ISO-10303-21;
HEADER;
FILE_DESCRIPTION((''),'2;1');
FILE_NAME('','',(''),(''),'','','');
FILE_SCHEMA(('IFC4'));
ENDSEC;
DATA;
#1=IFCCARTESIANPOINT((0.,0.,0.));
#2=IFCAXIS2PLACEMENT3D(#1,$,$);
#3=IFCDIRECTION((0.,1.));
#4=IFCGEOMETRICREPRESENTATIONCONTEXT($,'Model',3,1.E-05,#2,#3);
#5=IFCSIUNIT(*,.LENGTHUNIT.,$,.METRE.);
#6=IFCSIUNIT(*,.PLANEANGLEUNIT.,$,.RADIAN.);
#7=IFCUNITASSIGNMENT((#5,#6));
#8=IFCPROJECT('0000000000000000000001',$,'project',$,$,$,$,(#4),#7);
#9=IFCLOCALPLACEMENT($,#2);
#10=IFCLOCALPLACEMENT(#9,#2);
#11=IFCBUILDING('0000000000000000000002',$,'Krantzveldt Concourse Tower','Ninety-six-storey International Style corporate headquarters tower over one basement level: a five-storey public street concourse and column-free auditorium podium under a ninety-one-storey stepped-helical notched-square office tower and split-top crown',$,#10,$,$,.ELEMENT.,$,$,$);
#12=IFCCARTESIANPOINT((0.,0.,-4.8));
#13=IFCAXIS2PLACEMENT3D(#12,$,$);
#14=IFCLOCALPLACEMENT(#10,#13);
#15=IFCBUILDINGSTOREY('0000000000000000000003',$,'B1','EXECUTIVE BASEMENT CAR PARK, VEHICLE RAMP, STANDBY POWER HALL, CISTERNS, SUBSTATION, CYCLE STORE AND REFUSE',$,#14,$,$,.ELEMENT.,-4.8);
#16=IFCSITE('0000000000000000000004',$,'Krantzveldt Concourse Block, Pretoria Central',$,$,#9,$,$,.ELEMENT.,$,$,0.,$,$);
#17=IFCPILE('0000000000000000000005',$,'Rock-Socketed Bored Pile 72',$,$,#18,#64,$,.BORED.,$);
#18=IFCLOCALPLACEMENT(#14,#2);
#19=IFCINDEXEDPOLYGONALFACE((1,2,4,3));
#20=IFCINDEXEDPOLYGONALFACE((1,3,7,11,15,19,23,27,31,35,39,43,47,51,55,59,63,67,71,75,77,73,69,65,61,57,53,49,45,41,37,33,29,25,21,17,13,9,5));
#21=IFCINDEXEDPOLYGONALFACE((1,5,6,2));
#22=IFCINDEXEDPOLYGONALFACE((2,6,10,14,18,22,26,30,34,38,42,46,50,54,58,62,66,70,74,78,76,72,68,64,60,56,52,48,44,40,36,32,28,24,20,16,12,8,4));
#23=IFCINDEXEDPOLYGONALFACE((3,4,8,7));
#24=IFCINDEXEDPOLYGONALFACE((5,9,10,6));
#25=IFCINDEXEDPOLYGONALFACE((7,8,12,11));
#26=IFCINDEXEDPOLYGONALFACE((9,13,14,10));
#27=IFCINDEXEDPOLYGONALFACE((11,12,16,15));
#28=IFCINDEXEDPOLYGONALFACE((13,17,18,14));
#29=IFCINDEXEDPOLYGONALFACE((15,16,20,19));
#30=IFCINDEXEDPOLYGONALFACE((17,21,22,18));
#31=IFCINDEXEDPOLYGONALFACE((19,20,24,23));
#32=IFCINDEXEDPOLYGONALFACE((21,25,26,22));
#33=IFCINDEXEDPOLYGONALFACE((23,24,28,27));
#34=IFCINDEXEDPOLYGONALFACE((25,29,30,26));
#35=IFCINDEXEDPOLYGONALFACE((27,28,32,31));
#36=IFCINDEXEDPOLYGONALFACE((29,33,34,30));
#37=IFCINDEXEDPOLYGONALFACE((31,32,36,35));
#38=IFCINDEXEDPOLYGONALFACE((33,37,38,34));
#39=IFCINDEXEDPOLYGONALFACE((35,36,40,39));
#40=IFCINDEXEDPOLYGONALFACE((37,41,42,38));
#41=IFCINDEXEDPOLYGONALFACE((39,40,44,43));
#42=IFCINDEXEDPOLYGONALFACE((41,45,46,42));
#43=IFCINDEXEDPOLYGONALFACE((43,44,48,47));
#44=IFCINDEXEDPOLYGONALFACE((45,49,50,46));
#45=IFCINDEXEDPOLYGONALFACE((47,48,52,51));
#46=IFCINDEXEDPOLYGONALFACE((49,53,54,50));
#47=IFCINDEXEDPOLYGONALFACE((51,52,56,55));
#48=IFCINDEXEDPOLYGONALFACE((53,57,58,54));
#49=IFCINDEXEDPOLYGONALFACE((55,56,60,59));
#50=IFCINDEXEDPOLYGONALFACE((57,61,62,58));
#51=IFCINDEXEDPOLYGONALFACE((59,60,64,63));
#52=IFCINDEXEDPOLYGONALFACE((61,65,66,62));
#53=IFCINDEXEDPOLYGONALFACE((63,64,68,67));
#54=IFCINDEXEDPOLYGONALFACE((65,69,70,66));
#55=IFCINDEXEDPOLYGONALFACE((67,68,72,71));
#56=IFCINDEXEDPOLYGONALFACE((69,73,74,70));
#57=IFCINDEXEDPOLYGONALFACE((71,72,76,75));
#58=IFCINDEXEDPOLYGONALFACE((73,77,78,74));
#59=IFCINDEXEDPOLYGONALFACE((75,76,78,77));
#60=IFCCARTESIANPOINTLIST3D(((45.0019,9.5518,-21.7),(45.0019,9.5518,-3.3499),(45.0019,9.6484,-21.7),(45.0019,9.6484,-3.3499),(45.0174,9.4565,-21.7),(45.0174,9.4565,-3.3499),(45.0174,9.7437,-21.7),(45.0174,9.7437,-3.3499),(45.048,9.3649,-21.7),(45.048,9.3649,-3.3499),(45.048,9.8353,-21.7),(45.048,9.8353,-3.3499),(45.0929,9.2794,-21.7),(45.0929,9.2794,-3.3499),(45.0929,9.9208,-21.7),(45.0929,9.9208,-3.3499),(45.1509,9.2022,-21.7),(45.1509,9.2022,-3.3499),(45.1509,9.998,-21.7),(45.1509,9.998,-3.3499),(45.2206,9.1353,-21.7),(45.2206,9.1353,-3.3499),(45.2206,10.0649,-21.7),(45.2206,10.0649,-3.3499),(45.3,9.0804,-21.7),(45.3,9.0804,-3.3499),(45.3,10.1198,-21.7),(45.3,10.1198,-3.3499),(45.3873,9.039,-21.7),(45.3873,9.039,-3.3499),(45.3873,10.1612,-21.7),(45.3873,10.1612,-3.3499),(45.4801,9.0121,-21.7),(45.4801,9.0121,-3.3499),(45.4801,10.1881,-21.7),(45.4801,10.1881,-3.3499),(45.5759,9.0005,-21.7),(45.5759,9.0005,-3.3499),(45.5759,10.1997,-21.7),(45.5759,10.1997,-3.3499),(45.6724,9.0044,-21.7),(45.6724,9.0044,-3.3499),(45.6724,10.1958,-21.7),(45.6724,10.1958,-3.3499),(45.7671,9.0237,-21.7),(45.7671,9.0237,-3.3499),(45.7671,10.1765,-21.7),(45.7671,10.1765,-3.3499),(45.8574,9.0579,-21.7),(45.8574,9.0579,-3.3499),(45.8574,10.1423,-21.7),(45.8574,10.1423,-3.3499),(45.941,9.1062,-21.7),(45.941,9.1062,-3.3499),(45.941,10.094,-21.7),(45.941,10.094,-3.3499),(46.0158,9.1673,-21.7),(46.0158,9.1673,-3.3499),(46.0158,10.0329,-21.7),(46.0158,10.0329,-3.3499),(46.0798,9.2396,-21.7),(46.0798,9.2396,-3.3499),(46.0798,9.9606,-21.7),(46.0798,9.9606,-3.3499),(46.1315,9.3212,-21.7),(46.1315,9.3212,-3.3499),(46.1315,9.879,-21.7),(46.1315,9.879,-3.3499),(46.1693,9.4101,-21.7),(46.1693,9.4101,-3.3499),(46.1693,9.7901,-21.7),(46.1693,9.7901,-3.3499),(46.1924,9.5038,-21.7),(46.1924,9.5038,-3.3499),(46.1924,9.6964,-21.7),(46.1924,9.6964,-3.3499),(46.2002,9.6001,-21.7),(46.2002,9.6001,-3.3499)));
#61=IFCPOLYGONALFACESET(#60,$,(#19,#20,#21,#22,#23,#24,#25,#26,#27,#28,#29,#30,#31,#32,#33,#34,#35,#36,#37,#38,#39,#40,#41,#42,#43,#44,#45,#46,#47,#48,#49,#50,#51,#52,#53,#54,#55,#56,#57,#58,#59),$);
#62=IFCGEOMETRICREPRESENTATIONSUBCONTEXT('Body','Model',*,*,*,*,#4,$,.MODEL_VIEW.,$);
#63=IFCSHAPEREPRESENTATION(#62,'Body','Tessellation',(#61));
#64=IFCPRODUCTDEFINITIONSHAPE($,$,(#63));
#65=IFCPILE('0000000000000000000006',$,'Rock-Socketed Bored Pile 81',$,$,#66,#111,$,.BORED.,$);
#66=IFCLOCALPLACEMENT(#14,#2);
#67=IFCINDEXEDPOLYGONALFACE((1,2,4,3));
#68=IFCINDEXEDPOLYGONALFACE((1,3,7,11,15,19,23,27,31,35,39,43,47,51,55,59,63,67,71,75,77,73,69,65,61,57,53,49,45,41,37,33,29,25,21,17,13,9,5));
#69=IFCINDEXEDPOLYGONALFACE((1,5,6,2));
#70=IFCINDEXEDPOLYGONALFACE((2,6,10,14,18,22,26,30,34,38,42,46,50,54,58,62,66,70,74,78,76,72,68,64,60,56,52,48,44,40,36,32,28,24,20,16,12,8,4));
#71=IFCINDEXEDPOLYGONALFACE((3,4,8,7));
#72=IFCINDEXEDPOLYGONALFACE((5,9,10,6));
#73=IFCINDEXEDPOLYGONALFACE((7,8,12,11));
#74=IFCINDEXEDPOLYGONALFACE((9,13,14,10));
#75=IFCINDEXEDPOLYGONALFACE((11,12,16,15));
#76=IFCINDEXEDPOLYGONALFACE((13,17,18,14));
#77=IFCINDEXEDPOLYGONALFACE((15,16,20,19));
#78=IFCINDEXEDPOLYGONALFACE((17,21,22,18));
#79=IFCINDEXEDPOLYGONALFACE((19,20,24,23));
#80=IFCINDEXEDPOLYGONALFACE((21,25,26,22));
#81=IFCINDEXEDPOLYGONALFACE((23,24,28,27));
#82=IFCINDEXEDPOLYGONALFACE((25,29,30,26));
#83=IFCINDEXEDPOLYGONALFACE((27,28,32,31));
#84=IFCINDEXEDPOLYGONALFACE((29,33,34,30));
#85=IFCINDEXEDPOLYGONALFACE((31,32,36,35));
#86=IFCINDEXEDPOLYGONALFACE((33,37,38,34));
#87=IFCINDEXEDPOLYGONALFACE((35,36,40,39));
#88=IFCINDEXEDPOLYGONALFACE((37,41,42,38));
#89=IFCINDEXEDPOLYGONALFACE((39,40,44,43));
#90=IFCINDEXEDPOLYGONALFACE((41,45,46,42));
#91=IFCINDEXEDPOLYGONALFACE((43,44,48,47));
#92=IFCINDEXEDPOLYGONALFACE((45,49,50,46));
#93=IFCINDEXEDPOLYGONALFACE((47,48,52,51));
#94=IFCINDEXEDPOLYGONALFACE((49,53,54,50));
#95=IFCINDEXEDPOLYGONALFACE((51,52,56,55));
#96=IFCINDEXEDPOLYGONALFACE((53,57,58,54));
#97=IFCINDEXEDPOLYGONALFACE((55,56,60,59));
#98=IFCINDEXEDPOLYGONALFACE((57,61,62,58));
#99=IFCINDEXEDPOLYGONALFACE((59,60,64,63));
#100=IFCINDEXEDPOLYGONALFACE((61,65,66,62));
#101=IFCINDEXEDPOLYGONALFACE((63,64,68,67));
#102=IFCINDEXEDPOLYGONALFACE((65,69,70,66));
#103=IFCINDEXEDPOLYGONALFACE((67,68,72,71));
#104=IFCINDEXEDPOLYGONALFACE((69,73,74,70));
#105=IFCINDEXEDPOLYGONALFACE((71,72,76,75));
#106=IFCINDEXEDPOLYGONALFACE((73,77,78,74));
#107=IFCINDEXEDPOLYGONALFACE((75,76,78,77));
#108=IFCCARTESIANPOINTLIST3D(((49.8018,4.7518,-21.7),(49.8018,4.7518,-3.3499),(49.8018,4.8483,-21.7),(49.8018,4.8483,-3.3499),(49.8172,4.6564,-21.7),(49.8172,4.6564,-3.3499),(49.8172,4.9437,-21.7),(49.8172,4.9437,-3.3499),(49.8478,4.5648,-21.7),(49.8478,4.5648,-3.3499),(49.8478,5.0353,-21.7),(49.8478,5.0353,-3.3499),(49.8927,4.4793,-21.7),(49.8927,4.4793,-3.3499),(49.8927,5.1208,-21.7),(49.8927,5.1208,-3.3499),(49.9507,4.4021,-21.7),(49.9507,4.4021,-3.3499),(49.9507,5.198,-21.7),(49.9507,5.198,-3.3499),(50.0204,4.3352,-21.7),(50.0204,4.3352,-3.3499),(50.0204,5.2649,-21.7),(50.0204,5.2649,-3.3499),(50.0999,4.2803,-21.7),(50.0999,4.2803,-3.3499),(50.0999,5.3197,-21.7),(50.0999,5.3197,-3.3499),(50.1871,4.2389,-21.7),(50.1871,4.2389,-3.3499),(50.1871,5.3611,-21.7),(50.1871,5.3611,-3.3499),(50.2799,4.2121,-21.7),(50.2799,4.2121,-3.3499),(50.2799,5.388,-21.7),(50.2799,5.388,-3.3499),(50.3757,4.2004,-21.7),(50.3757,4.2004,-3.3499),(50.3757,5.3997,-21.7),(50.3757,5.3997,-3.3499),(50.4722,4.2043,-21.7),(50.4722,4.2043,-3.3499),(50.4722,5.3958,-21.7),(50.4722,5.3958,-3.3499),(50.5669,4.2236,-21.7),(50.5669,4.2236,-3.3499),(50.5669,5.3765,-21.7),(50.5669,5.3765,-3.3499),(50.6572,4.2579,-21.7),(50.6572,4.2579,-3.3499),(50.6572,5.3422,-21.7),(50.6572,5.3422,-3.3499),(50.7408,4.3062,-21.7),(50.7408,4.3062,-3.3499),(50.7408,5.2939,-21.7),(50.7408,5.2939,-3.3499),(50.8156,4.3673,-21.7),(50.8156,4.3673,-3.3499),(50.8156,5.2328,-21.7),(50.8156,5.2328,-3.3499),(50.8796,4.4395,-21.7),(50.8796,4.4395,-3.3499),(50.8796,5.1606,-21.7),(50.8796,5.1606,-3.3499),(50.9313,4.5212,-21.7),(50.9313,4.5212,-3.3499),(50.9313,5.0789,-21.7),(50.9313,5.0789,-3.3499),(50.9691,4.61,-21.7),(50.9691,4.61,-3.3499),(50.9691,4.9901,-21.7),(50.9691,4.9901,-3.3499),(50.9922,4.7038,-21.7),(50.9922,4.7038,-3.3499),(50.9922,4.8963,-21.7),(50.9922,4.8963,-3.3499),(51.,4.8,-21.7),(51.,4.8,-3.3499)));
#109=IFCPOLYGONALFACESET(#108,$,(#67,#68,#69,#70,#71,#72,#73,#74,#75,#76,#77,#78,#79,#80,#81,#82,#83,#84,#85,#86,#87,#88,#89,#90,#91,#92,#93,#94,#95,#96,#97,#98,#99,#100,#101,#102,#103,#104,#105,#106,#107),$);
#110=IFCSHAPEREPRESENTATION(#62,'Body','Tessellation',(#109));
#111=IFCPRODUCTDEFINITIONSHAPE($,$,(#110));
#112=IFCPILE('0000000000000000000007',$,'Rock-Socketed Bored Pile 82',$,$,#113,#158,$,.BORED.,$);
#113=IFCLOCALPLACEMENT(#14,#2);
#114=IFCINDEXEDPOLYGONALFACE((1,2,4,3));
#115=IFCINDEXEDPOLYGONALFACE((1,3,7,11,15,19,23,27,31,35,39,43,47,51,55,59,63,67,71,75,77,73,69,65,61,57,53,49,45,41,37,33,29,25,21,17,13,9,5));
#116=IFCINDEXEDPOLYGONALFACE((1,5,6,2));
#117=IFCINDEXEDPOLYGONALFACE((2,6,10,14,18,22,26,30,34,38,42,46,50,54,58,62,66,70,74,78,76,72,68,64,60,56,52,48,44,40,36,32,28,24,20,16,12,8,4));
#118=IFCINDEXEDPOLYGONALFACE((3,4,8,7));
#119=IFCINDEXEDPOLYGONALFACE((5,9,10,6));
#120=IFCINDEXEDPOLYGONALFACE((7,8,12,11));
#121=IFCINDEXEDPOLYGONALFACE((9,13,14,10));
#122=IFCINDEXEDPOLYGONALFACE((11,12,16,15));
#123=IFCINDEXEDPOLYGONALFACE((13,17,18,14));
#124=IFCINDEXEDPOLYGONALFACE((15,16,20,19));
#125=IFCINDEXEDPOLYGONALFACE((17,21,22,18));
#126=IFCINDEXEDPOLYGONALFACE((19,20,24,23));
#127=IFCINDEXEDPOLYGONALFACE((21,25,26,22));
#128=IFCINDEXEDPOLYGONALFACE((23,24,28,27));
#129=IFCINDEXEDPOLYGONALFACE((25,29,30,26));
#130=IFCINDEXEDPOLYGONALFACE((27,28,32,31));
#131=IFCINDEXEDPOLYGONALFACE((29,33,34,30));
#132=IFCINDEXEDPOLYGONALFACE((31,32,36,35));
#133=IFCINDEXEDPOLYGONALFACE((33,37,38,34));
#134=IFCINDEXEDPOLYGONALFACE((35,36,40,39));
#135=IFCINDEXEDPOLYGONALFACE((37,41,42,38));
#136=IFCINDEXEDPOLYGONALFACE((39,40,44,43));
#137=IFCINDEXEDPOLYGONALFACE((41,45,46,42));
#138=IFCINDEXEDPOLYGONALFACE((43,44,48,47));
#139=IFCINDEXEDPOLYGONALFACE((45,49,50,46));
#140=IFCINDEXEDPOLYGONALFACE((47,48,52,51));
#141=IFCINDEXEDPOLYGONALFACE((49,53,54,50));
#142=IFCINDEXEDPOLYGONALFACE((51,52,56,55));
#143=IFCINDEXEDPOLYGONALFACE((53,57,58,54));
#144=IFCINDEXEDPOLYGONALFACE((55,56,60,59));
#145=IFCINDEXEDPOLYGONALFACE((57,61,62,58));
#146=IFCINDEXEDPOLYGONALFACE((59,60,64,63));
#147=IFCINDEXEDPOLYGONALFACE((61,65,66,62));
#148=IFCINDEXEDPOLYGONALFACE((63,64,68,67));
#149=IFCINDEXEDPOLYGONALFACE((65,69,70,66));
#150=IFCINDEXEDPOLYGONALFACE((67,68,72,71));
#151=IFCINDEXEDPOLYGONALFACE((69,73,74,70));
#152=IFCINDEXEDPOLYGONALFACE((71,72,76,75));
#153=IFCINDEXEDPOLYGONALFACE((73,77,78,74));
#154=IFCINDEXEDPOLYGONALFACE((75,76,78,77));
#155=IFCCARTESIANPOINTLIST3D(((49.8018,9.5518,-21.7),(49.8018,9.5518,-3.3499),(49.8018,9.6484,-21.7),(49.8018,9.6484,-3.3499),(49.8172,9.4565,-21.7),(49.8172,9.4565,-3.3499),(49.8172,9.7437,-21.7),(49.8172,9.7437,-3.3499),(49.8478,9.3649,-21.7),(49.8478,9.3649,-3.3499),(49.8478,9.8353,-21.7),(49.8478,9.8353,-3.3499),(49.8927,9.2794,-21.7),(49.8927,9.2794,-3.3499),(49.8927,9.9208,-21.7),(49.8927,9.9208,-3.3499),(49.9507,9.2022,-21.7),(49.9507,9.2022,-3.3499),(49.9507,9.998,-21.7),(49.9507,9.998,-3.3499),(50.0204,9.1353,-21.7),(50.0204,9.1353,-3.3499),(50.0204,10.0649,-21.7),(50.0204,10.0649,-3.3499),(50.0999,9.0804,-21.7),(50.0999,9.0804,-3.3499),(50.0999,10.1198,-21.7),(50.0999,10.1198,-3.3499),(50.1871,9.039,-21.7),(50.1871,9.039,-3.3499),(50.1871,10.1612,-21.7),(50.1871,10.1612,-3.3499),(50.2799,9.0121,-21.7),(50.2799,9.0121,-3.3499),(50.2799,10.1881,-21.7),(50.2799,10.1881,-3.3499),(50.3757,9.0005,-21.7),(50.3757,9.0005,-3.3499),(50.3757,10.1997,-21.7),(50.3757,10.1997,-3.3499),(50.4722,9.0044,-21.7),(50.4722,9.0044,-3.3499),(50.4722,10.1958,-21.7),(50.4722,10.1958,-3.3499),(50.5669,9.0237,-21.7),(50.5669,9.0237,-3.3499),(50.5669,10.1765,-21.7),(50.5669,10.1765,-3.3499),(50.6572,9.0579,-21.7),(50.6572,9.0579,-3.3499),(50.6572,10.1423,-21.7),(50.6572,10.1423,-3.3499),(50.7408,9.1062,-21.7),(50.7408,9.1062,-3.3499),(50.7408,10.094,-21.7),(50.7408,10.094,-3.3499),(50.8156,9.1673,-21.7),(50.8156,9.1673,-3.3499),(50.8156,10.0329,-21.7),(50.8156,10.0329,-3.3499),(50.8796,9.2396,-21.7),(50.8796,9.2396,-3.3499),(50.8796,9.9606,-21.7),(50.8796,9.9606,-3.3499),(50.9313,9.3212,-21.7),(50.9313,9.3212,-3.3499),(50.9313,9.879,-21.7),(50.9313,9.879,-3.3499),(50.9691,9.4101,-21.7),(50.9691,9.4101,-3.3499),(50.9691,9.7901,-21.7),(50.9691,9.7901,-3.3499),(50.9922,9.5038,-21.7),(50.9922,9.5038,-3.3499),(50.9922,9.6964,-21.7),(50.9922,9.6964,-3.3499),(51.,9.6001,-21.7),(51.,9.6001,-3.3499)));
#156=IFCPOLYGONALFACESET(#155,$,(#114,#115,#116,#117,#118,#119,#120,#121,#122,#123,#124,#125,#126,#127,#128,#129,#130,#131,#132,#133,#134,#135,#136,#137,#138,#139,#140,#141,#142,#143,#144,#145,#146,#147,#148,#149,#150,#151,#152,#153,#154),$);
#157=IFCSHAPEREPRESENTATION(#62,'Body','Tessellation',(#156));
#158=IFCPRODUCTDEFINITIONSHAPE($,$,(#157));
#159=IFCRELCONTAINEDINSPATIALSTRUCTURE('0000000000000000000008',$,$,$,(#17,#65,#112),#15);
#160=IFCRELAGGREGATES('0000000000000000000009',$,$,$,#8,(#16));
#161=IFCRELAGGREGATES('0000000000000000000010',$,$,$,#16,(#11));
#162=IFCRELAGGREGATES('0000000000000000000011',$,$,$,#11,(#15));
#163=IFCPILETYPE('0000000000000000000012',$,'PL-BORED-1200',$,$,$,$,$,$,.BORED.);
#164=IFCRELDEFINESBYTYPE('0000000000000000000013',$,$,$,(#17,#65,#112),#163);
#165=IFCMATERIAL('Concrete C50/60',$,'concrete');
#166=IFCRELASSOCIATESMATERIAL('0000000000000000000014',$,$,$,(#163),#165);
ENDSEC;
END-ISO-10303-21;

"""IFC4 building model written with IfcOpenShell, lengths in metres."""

from ifc_helpers import new_model, si_unit, direction, frame, origin, origin_2d, place, context, subcontext, project, spatial, circle, extrude, source, transform, mapped, material, material_profile, profile_set, type_object, type_shapes, element, save


model = new_model("IFC4")

# Units and contexts
model_context = context("Model", 3, precision=1e-05, world=origin(), true_north=direction((0.0, 1.0)))
body_context = subcontext(model_context, "Body", "Model", "MODEL_VIEW")
ifc_project = project(units=[si_unit("LENGTHUNIT", "METRE"), si_unit("PLANEANGLEUNIT", "RADIAN")], contexts=[model_context])

# Site, building, storey
site_placement = place(None, origin())
site = spatial("IfcSite", under=ifc_project, at=site_placement, Name="Krantzveldt Concourse Block, Pretoria Central", CompositionType="ELEMENT", RefElevation=0.0)
building_placement = place(site_placement, origin())
building = spatial("IfcBuilding", under=site, at=building_placement, Name="Krantzveldt Concourse Tower", Description="Ninety-six-storey International Style corporate headquarters tower over one basement level: a five-storey public street concourse and column-free auditorium podium under a ninety-one-storey stepped-helical notched-square office tower and split-top crown", CompositionType="ELEMENT")
storey_placement = place(building_placement, frame((0.0, 0.0, -4.8)))
storey = spatial("IfcBuildingStorey", under=building, at=storey_placement, Name="B1", Description="EXECUTIVE BASEMENT CAR PARK, VEHICLE RAMP, STANDBY POWER HALL, CISTERNS, SUBSTATION, CYCLE STORE AND REFUSE", CompositionType="ELEMENT", Elevation=-4.8)

# Piles
ifc_material_1 = material(Name="Concrete C50/60", Category="concrete")
ifc_material_profile_1 = material_profile(ifc_material_1, circle(Radius=0.6001, at=origin_2d()), Name="Concrete C50/60", Category="concrete")
ifc_profile_set_1 = profile_set([ifc_material_profile_1], Name="Concrete C50/60 - PILE D1200")
pile_type_1 = type_object("IfcPileType", Name="PL-BORED-1200", PredefinedType="BORED", material=ifc_profile_set_1)
shared_shape_1 = source(origin(), body_context, "Body", "SweptSolid", [
    extrude(circle(Radius=0.6001, at=origin_2d()), origin(), (0.0, 0.0, 1.0), 18.3501),
])
type_shapes(pile_type_1, [shared_shape_1])
for number, where, z_axis, x_axis, name in (
    (1, (45.6001, 9.6001, -3.3499), (0.0, 0.0, -1.0), (1.0, 0.0, 0.0), "Rock-Socketed Bored Pile 72"),
    (2, (50.3999, 4.8, -3.3499), (0.0, 0.0, -1.0), (1.0, 0.0, 0.0), "Rock-Socketed Bored Pile 81"),
    (3, (50.3999, 9.6001, -3.3499), (0.0, 0.0, -1.0), (1.0, 0.0, 0.0), "Rock-Socketed Bored Pile 82"),
):
    element("IfcPile", number, at=place(storey_placement, frame(where, z_axis=z_axis, x_axis=x_axis)), inside=storey, type_object=pile_type_1, Name=name, PredefinedType="BORED", context=body_context, shape_type="MappedRepresentation", body=[
        mapped(shared_shape_1, transform((0.0, 0.0, 0.0), x_axis=(1.0, 0.0, 0.0), y_axis=(0.0, 1.0, 0.0), z_axis=(0.0, 0.0, 1.0), scale=1.0)),
    ])

save(model, "model.ifc")
